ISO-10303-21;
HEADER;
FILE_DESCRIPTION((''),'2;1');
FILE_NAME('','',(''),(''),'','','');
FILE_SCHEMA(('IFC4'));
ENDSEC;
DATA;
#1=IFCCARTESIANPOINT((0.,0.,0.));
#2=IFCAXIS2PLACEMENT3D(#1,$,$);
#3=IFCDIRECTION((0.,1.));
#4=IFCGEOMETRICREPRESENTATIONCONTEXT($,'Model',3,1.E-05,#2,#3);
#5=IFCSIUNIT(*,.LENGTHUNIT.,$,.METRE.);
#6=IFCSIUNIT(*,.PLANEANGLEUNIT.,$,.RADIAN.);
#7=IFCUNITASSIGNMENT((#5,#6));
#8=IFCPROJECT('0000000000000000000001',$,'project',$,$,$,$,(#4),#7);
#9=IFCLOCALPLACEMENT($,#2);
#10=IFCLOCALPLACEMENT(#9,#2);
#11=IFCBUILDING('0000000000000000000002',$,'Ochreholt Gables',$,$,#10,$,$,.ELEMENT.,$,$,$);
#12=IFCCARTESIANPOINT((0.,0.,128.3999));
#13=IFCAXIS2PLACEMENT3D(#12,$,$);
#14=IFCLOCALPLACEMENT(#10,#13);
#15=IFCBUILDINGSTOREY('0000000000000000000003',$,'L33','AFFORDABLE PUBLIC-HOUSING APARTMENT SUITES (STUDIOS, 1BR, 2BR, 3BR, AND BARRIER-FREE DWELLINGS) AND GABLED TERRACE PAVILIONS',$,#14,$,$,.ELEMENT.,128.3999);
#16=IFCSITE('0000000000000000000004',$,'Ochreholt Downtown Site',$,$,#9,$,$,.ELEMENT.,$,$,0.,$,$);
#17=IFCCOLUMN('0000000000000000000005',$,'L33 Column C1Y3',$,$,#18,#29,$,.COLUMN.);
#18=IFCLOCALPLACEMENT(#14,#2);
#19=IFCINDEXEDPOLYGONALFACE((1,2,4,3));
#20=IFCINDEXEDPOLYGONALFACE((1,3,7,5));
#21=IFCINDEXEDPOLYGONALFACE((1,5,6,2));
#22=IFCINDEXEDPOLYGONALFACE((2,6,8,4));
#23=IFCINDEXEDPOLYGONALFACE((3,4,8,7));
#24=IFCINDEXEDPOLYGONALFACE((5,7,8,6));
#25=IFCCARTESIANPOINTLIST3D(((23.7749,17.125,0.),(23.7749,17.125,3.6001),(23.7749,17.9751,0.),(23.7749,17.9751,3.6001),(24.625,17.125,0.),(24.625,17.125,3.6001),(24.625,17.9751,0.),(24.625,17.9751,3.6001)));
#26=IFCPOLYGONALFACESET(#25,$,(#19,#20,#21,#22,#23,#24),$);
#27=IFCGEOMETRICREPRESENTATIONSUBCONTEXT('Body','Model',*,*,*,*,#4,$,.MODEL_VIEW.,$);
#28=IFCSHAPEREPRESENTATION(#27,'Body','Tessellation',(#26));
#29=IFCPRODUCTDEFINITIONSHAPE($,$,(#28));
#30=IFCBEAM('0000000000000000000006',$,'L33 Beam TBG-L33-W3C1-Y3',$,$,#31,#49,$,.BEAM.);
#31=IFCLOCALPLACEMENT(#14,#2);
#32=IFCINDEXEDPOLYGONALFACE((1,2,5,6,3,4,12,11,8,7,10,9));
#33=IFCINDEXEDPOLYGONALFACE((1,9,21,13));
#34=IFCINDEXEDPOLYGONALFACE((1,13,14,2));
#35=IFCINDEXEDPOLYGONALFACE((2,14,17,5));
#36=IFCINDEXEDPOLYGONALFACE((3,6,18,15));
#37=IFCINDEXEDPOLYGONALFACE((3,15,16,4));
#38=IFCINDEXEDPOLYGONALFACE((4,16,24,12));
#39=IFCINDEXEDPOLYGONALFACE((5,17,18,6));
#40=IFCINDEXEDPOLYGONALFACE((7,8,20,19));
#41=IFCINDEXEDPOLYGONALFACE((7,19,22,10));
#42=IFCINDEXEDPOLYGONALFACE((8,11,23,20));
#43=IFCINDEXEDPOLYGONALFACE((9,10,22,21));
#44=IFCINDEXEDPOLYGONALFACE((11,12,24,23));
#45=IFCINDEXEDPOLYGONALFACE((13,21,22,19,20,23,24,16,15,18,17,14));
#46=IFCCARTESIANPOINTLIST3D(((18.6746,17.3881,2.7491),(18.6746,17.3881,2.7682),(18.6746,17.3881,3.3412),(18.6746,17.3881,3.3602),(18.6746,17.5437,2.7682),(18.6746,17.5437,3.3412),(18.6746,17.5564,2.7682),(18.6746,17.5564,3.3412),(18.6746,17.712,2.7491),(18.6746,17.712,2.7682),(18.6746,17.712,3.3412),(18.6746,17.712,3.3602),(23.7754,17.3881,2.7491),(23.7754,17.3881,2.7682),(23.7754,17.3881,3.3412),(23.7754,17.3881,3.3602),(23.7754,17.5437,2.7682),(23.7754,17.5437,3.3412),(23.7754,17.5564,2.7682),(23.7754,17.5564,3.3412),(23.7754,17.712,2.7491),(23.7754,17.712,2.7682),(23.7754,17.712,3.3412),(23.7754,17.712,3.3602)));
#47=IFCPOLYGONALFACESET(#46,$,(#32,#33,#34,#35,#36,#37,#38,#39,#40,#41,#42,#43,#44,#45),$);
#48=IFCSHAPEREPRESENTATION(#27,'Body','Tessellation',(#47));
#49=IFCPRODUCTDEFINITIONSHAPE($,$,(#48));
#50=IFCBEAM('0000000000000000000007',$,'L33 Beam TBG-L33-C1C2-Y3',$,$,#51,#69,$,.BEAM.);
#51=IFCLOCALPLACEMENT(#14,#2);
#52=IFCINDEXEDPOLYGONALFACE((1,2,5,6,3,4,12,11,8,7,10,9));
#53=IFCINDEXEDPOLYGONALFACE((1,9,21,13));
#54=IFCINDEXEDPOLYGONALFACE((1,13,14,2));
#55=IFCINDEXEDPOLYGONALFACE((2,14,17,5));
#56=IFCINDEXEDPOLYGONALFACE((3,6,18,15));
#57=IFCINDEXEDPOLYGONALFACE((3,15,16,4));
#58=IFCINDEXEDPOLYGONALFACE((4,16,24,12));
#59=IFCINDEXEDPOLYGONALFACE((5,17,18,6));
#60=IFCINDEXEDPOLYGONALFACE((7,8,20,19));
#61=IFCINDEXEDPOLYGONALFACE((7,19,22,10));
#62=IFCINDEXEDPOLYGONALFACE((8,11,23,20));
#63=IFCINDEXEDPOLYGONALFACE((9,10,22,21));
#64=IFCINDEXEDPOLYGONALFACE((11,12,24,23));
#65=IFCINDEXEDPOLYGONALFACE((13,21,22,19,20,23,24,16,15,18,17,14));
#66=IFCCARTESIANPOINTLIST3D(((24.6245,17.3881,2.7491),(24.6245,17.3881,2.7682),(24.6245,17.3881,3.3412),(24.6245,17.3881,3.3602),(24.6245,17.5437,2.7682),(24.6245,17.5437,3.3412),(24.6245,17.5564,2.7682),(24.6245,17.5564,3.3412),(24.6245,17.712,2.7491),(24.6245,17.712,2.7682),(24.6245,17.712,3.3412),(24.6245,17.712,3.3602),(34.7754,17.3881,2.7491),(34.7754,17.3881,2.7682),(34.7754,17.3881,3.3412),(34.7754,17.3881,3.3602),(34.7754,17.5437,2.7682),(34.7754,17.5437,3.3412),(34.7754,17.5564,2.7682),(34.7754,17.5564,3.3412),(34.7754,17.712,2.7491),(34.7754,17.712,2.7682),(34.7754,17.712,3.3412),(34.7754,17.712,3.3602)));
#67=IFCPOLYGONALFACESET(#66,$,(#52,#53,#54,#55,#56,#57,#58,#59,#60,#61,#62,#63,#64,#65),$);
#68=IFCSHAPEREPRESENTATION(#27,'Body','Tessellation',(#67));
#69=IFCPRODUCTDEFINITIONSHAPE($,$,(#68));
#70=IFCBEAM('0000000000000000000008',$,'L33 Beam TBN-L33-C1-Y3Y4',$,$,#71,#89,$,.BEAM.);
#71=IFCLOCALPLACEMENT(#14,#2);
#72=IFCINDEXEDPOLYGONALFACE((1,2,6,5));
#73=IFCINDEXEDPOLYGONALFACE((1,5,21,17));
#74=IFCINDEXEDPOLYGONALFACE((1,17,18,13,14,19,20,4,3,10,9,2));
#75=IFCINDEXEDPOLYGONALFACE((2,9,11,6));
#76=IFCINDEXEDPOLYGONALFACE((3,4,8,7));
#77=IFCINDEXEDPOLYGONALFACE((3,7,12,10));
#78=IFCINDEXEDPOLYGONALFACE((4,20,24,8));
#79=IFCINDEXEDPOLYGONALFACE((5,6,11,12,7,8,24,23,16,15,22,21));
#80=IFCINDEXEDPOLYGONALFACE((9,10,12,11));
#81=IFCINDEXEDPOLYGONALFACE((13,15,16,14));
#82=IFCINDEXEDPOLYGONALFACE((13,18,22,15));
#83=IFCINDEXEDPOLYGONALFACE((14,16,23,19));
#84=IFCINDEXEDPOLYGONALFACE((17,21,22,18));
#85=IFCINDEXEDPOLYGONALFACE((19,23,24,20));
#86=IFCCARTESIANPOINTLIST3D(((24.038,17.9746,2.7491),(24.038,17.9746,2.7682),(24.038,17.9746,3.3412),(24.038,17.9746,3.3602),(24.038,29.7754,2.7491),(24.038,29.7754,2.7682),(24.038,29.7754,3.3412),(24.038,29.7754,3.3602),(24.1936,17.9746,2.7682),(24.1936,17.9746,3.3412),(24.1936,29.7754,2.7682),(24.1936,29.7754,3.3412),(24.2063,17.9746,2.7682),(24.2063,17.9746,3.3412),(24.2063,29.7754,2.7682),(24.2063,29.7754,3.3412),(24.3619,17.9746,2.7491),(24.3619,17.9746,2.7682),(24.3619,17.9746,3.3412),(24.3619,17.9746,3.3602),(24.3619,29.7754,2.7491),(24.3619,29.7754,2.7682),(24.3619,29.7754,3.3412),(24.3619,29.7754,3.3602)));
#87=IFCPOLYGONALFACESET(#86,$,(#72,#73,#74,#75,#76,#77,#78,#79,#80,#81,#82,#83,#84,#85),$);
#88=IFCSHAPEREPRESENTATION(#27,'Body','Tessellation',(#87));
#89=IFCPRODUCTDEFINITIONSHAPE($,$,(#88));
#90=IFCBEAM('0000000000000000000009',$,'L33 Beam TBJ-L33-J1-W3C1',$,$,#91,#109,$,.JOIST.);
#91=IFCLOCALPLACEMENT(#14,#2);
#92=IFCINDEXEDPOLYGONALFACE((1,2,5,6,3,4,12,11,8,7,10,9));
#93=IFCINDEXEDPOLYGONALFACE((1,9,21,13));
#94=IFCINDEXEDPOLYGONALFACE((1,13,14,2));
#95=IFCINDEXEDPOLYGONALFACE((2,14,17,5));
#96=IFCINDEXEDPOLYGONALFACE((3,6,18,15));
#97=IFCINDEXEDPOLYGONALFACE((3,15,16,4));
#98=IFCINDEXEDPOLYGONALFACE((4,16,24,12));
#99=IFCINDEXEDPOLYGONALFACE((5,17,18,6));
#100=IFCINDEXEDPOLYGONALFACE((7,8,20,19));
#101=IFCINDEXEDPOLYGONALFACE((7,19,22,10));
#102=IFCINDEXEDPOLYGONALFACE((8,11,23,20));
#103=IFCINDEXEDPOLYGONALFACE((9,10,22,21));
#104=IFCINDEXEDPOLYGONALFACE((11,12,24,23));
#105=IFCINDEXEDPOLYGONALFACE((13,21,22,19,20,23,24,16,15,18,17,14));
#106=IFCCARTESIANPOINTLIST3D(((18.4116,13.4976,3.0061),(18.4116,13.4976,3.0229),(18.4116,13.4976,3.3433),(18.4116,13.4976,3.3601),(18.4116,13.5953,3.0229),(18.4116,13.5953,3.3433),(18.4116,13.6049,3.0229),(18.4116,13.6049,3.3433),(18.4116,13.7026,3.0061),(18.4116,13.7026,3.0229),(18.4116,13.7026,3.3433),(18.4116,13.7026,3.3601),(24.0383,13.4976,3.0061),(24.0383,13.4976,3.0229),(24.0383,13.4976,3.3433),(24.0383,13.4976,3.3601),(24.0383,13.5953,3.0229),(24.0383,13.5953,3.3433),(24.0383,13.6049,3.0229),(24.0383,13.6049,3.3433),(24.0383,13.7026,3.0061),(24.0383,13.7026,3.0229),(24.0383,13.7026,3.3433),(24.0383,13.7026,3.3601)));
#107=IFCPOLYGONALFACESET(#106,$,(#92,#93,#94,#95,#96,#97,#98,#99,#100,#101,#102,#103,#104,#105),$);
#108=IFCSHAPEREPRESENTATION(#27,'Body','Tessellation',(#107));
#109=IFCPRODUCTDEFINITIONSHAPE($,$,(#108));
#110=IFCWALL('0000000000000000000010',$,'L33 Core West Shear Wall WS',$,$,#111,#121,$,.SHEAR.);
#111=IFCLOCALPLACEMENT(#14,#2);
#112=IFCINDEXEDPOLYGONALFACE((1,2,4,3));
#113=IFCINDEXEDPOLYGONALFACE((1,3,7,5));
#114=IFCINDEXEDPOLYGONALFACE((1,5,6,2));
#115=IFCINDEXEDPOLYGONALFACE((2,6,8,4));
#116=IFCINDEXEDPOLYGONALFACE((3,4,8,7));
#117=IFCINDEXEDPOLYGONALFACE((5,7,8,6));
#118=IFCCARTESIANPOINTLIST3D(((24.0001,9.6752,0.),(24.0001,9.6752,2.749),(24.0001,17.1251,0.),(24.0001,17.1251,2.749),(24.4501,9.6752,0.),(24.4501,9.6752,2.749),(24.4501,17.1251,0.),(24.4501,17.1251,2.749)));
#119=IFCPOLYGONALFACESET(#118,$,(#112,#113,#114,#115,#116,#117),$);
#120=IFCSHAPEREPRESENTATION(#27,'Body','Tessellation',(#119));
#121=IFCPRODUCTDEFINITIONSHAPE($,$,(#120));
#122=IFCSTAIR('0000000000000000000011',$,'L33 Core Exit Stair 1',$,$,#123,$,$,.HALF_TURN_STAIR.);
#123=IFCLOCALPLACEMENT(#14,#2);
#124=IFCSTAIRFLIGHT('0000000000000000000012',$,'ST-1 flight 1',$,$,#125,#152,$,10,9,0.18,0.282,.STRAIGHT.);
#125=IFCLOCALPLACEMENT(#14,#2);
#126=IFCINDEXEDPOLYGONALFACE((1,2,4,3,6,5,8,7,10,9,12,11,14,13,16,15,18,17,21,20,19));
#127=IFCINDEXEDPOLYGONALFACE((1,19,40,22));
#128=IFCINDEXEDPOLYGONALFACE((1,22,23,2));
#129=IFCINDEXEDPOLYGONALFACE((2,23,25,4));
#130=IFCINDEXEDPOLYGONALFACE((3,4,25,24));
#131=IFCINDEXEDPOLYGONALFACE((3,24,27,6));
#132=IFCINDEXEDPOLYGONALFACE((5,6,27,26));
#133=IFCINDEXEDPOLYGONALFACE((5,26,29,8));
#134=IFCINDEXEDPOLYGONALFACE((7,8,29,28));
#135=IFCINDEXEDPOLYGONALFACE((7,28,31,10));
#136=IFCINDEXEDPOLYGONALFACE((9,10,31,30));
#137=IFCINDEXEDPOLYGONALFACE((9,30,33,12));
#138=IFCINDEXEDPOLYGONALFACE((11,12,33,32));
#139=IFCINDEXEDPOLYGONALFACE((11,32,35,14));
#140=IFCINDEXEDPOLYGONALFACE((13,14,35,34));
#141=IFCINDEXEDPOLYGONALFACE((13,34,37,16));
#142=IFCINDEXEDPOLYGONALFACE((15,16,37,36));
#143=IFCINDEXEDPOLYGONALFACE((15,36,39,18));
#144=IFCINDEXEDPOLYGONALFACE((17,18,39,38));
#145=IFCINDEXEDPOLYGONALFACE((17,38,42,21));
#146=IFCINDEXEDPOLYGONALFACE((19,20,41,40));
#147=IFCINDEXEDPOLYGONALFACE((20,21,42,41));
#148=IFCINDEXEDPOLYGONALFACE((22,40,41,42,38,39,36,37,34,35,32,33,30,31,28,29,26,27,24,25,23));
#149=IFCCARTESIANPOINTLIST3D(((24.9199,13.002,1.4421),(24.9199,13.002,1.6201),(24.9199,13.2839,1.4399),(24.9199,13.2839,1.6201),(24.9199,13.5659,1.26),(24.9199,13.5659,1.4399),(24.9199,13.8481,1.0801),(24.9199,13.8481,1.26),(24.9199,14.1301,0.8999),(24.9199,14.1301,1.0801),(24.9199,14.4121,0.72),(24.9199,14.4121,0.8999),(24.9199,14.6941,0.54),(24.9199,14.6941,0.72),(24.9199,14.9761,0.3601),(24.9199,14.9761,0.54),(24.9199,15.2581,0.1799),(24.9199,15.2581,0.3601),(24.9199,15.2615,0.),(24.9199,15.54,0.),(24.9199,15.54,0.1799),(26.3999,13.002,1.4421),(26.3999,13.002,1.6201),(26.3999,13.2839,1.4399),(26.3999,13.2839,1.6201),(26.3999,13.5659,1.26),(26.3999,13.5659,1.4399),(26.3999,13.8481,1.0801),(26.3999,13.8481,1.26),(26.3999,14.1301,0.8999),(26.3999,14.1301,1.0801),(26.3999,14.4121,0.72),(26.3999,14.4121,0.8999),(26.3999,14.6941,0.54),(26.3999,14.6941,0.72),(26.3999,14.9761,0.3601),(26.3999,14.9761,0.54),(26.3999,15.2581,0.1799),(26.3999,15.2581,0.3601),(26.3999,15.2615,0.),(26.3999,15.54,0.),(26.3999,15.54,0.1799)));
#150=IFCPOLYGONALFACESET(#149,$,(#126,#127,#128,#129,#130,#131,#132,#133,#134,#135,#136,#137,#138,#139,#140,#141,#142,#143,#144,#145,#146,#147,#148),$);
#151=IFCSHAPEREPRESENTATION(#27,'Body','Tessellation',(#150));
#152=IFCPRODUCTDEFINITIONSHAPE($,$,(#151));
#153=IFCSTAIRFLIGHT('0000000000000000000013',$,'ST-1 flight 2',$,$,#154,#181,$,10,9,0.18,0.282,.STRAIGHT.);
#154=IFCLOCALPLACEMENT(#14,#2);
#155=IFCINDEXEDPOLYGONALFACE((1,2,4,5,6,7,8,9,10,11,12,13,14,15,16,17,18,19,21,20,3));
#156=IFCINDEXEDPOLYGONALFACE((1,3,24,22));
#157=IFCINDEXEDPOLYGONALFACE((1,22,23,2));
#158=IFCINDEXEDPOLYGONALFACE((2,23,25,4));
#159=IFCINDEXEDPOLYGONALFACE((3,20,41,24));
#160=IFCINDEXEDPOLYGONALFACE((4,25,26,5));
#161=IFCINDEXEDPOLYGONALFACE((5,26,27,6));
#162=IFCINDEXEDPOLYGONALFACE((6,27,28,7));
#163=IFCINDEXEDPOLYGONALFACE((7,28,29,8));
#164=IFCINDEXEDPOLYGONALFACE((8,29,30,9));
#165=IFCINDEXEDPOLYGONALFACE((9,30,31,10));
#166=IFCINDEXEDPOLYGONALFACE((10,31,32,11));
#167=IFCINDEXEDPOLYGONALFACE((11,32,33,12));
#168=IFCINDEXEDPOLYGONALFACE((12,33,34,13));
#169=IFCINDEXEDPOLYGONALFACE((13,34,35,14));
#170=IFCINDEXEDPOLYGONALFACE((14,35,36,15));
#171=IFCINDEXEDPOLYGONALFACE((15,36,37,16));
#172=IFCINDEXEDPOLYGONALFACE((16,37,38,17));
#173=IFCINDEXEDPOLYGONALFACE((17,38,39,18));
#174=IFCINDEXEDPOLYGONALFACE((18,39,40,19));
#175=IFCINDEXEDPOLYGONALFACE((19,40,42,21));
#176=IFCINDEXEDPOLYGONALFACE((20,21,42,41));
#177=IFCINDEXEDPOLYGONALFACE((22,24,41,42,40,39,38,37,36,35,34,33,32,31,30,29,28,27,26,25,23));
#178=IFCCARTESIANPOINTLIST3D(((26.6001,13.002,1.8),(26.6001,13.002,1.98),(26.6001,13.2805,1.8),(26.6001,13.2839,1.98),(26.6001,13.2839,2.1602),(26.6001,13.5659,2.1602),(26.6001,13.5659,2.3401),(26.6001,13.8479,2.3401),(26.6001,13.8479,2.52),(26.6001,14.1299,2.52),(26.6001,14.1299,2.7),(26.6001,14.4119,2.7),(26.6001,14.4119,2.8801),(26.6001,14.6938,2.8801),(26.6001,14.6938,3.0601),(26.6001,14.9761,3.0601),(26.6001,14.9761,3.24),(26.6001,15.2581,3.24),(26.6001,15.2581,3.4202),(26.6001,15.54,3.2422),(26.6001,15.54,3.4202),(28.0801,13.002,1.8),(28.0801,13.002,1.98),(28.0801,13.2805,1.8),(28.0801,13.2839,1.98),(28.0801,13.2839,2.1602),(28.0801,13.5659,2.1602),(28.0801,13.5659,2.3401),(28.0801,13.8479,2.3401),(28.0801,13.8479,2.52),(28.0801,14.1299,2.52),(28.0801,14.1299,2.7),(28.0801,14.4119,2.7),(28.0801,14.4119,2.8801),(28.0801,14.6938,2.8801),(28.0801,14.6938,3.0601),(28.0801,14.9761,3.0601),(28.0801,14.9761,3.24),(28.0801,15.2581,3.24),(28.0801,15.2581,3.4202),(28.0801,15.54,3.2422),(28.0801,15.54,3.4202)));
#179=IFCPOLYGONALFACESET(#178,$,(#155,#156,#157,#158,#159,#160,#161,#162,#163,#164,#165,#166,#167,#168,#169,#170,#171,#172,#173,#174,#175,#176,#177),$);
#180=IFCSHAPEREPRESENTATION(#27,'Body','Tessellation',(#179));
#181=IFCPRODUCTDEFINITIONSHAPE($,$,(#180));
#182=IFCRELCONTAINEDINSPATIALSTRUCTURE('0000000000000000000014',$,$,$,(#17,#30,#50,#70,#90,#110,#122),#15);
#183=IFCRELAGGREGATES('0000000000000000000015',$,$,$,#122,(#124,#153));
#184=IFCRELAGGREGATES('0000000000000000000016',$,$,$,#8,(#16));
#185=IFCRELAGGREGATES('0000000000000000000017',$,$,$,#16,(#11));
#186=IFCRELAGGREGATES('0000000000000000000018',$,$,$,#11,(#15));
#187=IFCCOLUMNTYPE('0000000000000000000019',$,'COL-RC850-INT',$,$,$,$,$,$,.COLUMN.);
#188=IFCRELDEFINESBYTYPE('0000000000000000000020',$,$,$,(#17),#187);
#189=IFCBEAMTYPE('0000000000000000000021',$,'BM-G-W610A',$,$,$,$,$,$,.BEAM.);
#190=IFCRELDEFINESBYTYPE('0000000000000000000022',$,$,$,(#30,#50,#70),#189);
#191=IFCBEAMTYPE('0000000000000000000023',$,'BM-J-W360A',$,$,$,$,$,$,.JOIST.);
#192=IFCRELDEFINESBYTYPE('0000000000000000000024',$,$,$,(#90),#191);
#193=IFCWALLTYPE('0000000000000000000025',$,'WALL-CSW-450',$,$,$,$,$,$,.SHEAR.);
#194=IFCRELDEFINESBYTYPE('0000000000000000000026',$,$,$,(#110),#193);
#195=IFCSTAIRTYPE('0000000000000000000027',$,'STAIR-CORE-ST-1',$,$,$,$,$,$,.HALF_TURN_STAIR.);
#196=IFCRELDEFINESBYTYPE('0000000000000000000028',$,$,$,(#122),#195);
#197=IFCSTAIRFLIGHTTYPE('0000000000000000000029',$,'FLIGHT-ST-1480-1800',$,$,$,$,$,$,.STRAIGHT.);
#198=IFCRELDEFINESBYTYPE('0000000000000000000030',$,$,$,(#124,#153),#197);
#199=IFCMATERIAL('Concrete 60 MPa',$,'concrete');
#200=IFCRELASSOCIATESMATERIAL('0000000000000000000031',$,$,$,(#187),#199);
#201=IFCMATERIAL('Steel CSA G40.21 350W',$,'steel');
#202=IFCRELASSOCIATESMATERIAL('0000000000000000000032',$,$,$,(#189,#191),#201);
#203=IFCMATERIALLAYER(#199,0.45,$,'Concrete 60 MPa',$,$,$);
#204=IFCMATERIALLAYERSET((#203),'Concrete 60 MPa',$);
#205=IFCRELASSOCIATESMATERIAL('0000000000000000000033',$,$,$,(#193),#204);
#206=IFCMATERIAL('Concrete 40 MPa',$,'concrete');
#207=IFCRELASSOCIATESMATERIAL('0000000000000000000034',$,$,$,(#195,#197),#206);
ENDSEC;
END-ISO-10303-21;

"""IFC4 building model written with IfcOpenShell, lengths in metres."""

from ifc_helpers import new_model, si_unit, direction, frame, frame_2d, origin, origin_2d, place, context, subcontext, project, spatial, polyline, rectangle, i_section, outline, extrude, material, layer, layer_set, material_profile, profile_set, type_object, element, aggregate, save


model = new_model("IFC4")

# Units and contexts
model_context = context("Model", 3, precision=1e-05, world=origin(), true_north=direction((0.0, 1.0)))
body_context = subcontext(model_context, "Body", "Model", "MODEL_VIEW")
ifc_project = project(units=[si_unit("LENGTHUNIT", "METRE"), si_unit("PLANEANGLEUNIT", "RADIAN")], contexts=[model_context])

# Site, building, storey
site_placement = place(None, origin())
site = spatial("IfcSite", under=ifc_project, at=site_placement, Name="Ochreholt Downtown Site", CompositionType="ELEMENT", RefElevation=0.0)
building_placement = place(site_placement, origin())
building = spatial("IfcBuilding", under=site, at=building_placement, Name="Ochreholt Gables", CompositionType="ELEMENT")
storey_placement = place(building_placement, frame((0.0, 0.0, 128.3999)))
storey = spatial("IfcBuildingStorey", under=building, at=storey_placement, Name="L33", Description="AFFORDABLE PUBLIC-HOUSING APARTMENT SUITES (STUDIOS, 1BR, 2BR, 3BR, AND BARRIER-FREE DWELLINGS) AND GABLED TERRACE PAVILIONS", CompositionType="ELEMENT", Elevation=128.3999)

# Column
ifc_material_1 = material(Name="Concrete 60 MPa", Category="concrete")
ifc_material_profile_1 = material_profile(ifc_material_1, rectangle(XDim=0.8501, YDim=0.8501, at=origin_2d()), Name="RC850X850")
ifc_profile_set_1 = profile_set([ifc_material_profile_1], Name="Concrete 60 MPa")
column_type = type_object("IfcColumnType", Name="COL-RC850-INT", PredefinedType="COLUMN", material=ifc_profile_set_1)
column_placement = place(storey_placement, frame((24.2, 17.55, 0.0), z_axis=(0.0, 0.0, 1.0), x_axis=(1.0, 0.0, 0.0)))
element("IfcColumn", 1, at=column_placement, inside=storey, type_object=column_type, Name="L33 Column C1Y3", PredefinedType="COLUMN", context=body_context, shape_type="SweptSolid", body=[
    extrude(rectangle(XDim=0.8501, YDim=0.8501, at=origin_2d()), origin(), (0.0, 0.0, 1.0), 3.6001),
])

# Beams
ifc_material_2 = material(Name="Steel CSA G40.21 350W", Category="steel")
ifc_material_profile_2 = material_profile(ifc_material_2, i_section(OverallWidth=0.324, OverallDepth=0.6111, WebThickness=0.0127, FlangeThickness=0.019, at=origin_2d()), Name="W610X155")
ifc_profile_set_2 = profile_set([ifc_material_profile_2], Name="Steel CSA G40.21 350W")
beam_type_1 = type_object("IfcBeamType", Name="BM-G-W610A", PredefinedType="BEAM", material=ifc_profile_set_2)
beam_1_placement = place(storey_placement, frame((18.6746, 17.55, 3.0547), z_axis=(1.0, 0.0, 0.0), x_axis=(0.0, 1.0, 0.0)))
element("IfcBeam", 2, at=beam_1_placement, inside=storey, type_object=beam_type_1, Name="L33 Beam TBG-L33-W3C1-Y3", PredefinedType="BEAM", context=body_context, shape_type="SweptSolid", body=[
    extrude(i_section(OverallWidth=0.324, OverallDepth=0.6111, WebThickness=0.0127, FlangeThickness=0.019, at=origin_2d()), origin(), (0.0, 0.0, 1.0), 5.1008),
])
beam_2_placement = place(storey_placement, frame((24.6245, 17.55, 3.0547), z_axis=(1.0, 0.0, 0.0), x_axis=(0.0, 1.0, 0.0)))
element("IfcBeam", 3, at=beam_2_placement, inside=storey, type_object=beam_type_1, Name="L33 Beam TBG-L33-C1C2-Y3", PredefinedType="BEAM", context=body_context, shape_type="SweptSolid", body=[
    extrude(i_section(OverallWidth=0.324, OverallDepth=0.6111, WebThickness=0.0127, FlangeThickness=0.019, at=origin_2d()), origin(), (0.0, 0.0, 1.0), 10.1509),
])
beam_3_placement = place(storey_placement, frame((24.2, 17.9746, 3.0547), z_axis=(0.0, 1.0, 0.0), x_axis=(-1.0, 0.0, 0.0)))
element("IfcBeam", 4, at=beam_3_placement, inside=storey, type_object=beam_type_1, Name="L33 Beam TBN-L33-C1-Y3Y4", PredefinedType="BEAM", context=body_context, shape_type="SweptSolid", body=[
    extrude(i_section(OverallWidth=0.324, OverallDepth=0.6111, WebThickness=0.0127, FlangeThickness=0.019, at=origin_2d()), origin(), (0.0, 0.0, 1.0), 11.8008),
])
ifc_material_profile_3 = material_profile(ifc_material_2, i_section(OverallWidth=0.2051, OverallDepth=0.354, WebThickness=0.0095, FlangeThickness=0.0168, at=origin_2d()), Name="W360X79")
ifc_profile_set_3 = profile_set([ifc_material_profile_3], Name="Steel CSA G40.21 350W")
beam_type_2 = type_object("IfcBeamType", Name="BM-J-W360A", PredefinedType="JOIST", material=ifc_profile_set_3)
beam_4_placement = place(storey_placement, frame((18.4116, 13.6001, 3.1831), z_axis=(1.0, 0.0, 0.0), x_axis=(0.0, 1.0, 0.0)))
element("IfcBeam", 5, at=beam_4_placement, inside=storey, type_object=beam_type_2, Name="L33 Beam TBJ-L33-J1-W3C1", PredefinedType="JOIST", context=body_context, shape_type="SweptSolid", body=[
    extrude(i_section(OverallWidth=0.2051, OverallDepth=0.354, WebThickness=0.0095, FlangeThickness=0.0168, at=origin_2d()), origin(), (0.0, 0.0, 1.0), 5.6267),
])

# Wall
ifc_layer_1 = layer(ifc_material_1, 0.45, Name="Concrete 60 MPa")
ifc_layer_set_1 = layer_set([ifc_layer_1], Name="Concrete 60 MPa")
wall_type_1 = type_object("IfcWallType", Name="WALL-CSW-450", PredefinedType="SHEAR", material=ifc_layer_set_1)
wall_1_placement = place(storey_placement, frame((24.2251, 9.675, 0.0), z_axis=(0.0, 0.0, 1.0), x_axis=(0.0, 1.0, 0.0)))
element("IfcWall", 6, at=wall_1_placement, inside=storey, type_object=wall_type_1, Name="L33 Core West Shear Wall WS", PredefinedType="SHEAR", context=body_context, shape_type="SweptSolid", body=[
    extrude(rectangle(XDim=7.45, YDim=0.45, at=frame_2d((3.7251, 0.0))), origin(), (0.0, 0.0, 1.0), 2.749),
])

# Stair, stair flights
ifc_material_3 = material(Name="Concrete 40 MPa", Category="concrete")
stair_type = type_object("IfcStairType", Name="STAIR-CORE-ST-1", PredefinedType="HALF_TURN_STAIR", material=ifc_material_3)
stair_placement = place(storey_placement, origin())
stair = element("IfcStair", 7, at=stair_placement, inside=storey, type_object=stair_type, Name="L33 Core Exit Stair 1", PredefinedType="HALF_TURN_STAIR")
stair_flight_type = type_object("IfcStairFlightType", Name="FLIGHT-ST-1480-1800", PredefinedType="STRAIGHT", material=ifc_material_3)
stair_flight_1_placement = place(storey_placement, frame((25.6599, 15.54, 0.0), z_axis=(0.0, 0.0, 1.0), x_axis=(0.0, -1.0, 0.0)))
stair_flight_1 = element("IfcStairFlight", 8, at=stair_flight_1_placement, type_object=stair_flight_type, Name="ST-1 flight 1", NumberOfRisers=10, NumberOfTreads=9, PredefinedType="STRAIGHT", RiserHeight=0.18, TreadLength=0.282, context=body_context, shape_type="SweptSolid", body=[
    extrude(outline(polyline([(0.0, 0.0), (0.0, 0.1799), (0.282, 0.1799), (0.282, 0.3601), (0.564, 0.3601), (0.564, 0.54), (0.8459, 0.54), (0.8459, 0.72), (1.1279, 0.72), (1.1279, 0.8999), (1.4099, 0.8999), (1.4099, 1.0801), (1.6919, 1.0801), (1.6919, 1.26), (1.9741, 1.26), (1.9741, 1.4399), (2.2561, 1.4399), (2.2561, 1.6201), (2.5381, 1.6201), (2.5381, 1.8), (2.5381, 1.4421), (0.2786, 0.0), (0.0, 0.0)])), frame((0.0, 0.74, 0.0), z_axis=(0.0, -1.0, 0.0), x_axis=(1.0, 0.0, 0.0)), (0.0, 0.0, 1.0), 1.48),
])
stair_flight_2_placement = place(storey_placement, frame((27.3401, 13.002, 1.8), z_axis=(0.0, 0.0, 1.0), x_axis=(0.0, 1.0, 0.0)))
stair_flight_2 = element("IfcStairFlight", 9, at=stair_flight_2_placement, type_object=stair_flight_type, Name="ST-1 flight 2", NumberOfRisers=10, NumberOfTreads=9, PredefinedType="STRAIGHT", RiserHeight=0.18, TreadLength=0.282, context=body_context, shape_type="SweptSolid", body=[
    extrude(outline(polyline([(0.0, 0.0), (0.0, 0.1799), (0.282, 0.1799), (0.282, 0.3601), (0.564, 0.3601), (0.564, 0.54), (0.8459, 0.54), (0.8459, 0.72), (1.1279, 0.72), (1.1279, 0.8999), (1.4099, 0.8999), (1.4099, 1.0801), (1.6919, 1.0801), (1.6919, 1.26), (1.9741, 1.26), (1.9741, 1.4399), (2.2561, 1.4399), (2.2561, 1.6201), (2.5381, 1.6201), (2.5381, 1.8), (2.5381, 1.4421), (0.2786, 0.0), (0.0, 0.0)])), frame((0.0, 0.74, 0.0), z_axis=(0.0, -1.0, 0.0), x_axis=(1.0, 0.0, 0.0)), (0.0, 0.0, 1.0), 1.48),
])
aggregate(stair, [stair_flight_1, stair_flight_2])

save(model, "model.ifc")
